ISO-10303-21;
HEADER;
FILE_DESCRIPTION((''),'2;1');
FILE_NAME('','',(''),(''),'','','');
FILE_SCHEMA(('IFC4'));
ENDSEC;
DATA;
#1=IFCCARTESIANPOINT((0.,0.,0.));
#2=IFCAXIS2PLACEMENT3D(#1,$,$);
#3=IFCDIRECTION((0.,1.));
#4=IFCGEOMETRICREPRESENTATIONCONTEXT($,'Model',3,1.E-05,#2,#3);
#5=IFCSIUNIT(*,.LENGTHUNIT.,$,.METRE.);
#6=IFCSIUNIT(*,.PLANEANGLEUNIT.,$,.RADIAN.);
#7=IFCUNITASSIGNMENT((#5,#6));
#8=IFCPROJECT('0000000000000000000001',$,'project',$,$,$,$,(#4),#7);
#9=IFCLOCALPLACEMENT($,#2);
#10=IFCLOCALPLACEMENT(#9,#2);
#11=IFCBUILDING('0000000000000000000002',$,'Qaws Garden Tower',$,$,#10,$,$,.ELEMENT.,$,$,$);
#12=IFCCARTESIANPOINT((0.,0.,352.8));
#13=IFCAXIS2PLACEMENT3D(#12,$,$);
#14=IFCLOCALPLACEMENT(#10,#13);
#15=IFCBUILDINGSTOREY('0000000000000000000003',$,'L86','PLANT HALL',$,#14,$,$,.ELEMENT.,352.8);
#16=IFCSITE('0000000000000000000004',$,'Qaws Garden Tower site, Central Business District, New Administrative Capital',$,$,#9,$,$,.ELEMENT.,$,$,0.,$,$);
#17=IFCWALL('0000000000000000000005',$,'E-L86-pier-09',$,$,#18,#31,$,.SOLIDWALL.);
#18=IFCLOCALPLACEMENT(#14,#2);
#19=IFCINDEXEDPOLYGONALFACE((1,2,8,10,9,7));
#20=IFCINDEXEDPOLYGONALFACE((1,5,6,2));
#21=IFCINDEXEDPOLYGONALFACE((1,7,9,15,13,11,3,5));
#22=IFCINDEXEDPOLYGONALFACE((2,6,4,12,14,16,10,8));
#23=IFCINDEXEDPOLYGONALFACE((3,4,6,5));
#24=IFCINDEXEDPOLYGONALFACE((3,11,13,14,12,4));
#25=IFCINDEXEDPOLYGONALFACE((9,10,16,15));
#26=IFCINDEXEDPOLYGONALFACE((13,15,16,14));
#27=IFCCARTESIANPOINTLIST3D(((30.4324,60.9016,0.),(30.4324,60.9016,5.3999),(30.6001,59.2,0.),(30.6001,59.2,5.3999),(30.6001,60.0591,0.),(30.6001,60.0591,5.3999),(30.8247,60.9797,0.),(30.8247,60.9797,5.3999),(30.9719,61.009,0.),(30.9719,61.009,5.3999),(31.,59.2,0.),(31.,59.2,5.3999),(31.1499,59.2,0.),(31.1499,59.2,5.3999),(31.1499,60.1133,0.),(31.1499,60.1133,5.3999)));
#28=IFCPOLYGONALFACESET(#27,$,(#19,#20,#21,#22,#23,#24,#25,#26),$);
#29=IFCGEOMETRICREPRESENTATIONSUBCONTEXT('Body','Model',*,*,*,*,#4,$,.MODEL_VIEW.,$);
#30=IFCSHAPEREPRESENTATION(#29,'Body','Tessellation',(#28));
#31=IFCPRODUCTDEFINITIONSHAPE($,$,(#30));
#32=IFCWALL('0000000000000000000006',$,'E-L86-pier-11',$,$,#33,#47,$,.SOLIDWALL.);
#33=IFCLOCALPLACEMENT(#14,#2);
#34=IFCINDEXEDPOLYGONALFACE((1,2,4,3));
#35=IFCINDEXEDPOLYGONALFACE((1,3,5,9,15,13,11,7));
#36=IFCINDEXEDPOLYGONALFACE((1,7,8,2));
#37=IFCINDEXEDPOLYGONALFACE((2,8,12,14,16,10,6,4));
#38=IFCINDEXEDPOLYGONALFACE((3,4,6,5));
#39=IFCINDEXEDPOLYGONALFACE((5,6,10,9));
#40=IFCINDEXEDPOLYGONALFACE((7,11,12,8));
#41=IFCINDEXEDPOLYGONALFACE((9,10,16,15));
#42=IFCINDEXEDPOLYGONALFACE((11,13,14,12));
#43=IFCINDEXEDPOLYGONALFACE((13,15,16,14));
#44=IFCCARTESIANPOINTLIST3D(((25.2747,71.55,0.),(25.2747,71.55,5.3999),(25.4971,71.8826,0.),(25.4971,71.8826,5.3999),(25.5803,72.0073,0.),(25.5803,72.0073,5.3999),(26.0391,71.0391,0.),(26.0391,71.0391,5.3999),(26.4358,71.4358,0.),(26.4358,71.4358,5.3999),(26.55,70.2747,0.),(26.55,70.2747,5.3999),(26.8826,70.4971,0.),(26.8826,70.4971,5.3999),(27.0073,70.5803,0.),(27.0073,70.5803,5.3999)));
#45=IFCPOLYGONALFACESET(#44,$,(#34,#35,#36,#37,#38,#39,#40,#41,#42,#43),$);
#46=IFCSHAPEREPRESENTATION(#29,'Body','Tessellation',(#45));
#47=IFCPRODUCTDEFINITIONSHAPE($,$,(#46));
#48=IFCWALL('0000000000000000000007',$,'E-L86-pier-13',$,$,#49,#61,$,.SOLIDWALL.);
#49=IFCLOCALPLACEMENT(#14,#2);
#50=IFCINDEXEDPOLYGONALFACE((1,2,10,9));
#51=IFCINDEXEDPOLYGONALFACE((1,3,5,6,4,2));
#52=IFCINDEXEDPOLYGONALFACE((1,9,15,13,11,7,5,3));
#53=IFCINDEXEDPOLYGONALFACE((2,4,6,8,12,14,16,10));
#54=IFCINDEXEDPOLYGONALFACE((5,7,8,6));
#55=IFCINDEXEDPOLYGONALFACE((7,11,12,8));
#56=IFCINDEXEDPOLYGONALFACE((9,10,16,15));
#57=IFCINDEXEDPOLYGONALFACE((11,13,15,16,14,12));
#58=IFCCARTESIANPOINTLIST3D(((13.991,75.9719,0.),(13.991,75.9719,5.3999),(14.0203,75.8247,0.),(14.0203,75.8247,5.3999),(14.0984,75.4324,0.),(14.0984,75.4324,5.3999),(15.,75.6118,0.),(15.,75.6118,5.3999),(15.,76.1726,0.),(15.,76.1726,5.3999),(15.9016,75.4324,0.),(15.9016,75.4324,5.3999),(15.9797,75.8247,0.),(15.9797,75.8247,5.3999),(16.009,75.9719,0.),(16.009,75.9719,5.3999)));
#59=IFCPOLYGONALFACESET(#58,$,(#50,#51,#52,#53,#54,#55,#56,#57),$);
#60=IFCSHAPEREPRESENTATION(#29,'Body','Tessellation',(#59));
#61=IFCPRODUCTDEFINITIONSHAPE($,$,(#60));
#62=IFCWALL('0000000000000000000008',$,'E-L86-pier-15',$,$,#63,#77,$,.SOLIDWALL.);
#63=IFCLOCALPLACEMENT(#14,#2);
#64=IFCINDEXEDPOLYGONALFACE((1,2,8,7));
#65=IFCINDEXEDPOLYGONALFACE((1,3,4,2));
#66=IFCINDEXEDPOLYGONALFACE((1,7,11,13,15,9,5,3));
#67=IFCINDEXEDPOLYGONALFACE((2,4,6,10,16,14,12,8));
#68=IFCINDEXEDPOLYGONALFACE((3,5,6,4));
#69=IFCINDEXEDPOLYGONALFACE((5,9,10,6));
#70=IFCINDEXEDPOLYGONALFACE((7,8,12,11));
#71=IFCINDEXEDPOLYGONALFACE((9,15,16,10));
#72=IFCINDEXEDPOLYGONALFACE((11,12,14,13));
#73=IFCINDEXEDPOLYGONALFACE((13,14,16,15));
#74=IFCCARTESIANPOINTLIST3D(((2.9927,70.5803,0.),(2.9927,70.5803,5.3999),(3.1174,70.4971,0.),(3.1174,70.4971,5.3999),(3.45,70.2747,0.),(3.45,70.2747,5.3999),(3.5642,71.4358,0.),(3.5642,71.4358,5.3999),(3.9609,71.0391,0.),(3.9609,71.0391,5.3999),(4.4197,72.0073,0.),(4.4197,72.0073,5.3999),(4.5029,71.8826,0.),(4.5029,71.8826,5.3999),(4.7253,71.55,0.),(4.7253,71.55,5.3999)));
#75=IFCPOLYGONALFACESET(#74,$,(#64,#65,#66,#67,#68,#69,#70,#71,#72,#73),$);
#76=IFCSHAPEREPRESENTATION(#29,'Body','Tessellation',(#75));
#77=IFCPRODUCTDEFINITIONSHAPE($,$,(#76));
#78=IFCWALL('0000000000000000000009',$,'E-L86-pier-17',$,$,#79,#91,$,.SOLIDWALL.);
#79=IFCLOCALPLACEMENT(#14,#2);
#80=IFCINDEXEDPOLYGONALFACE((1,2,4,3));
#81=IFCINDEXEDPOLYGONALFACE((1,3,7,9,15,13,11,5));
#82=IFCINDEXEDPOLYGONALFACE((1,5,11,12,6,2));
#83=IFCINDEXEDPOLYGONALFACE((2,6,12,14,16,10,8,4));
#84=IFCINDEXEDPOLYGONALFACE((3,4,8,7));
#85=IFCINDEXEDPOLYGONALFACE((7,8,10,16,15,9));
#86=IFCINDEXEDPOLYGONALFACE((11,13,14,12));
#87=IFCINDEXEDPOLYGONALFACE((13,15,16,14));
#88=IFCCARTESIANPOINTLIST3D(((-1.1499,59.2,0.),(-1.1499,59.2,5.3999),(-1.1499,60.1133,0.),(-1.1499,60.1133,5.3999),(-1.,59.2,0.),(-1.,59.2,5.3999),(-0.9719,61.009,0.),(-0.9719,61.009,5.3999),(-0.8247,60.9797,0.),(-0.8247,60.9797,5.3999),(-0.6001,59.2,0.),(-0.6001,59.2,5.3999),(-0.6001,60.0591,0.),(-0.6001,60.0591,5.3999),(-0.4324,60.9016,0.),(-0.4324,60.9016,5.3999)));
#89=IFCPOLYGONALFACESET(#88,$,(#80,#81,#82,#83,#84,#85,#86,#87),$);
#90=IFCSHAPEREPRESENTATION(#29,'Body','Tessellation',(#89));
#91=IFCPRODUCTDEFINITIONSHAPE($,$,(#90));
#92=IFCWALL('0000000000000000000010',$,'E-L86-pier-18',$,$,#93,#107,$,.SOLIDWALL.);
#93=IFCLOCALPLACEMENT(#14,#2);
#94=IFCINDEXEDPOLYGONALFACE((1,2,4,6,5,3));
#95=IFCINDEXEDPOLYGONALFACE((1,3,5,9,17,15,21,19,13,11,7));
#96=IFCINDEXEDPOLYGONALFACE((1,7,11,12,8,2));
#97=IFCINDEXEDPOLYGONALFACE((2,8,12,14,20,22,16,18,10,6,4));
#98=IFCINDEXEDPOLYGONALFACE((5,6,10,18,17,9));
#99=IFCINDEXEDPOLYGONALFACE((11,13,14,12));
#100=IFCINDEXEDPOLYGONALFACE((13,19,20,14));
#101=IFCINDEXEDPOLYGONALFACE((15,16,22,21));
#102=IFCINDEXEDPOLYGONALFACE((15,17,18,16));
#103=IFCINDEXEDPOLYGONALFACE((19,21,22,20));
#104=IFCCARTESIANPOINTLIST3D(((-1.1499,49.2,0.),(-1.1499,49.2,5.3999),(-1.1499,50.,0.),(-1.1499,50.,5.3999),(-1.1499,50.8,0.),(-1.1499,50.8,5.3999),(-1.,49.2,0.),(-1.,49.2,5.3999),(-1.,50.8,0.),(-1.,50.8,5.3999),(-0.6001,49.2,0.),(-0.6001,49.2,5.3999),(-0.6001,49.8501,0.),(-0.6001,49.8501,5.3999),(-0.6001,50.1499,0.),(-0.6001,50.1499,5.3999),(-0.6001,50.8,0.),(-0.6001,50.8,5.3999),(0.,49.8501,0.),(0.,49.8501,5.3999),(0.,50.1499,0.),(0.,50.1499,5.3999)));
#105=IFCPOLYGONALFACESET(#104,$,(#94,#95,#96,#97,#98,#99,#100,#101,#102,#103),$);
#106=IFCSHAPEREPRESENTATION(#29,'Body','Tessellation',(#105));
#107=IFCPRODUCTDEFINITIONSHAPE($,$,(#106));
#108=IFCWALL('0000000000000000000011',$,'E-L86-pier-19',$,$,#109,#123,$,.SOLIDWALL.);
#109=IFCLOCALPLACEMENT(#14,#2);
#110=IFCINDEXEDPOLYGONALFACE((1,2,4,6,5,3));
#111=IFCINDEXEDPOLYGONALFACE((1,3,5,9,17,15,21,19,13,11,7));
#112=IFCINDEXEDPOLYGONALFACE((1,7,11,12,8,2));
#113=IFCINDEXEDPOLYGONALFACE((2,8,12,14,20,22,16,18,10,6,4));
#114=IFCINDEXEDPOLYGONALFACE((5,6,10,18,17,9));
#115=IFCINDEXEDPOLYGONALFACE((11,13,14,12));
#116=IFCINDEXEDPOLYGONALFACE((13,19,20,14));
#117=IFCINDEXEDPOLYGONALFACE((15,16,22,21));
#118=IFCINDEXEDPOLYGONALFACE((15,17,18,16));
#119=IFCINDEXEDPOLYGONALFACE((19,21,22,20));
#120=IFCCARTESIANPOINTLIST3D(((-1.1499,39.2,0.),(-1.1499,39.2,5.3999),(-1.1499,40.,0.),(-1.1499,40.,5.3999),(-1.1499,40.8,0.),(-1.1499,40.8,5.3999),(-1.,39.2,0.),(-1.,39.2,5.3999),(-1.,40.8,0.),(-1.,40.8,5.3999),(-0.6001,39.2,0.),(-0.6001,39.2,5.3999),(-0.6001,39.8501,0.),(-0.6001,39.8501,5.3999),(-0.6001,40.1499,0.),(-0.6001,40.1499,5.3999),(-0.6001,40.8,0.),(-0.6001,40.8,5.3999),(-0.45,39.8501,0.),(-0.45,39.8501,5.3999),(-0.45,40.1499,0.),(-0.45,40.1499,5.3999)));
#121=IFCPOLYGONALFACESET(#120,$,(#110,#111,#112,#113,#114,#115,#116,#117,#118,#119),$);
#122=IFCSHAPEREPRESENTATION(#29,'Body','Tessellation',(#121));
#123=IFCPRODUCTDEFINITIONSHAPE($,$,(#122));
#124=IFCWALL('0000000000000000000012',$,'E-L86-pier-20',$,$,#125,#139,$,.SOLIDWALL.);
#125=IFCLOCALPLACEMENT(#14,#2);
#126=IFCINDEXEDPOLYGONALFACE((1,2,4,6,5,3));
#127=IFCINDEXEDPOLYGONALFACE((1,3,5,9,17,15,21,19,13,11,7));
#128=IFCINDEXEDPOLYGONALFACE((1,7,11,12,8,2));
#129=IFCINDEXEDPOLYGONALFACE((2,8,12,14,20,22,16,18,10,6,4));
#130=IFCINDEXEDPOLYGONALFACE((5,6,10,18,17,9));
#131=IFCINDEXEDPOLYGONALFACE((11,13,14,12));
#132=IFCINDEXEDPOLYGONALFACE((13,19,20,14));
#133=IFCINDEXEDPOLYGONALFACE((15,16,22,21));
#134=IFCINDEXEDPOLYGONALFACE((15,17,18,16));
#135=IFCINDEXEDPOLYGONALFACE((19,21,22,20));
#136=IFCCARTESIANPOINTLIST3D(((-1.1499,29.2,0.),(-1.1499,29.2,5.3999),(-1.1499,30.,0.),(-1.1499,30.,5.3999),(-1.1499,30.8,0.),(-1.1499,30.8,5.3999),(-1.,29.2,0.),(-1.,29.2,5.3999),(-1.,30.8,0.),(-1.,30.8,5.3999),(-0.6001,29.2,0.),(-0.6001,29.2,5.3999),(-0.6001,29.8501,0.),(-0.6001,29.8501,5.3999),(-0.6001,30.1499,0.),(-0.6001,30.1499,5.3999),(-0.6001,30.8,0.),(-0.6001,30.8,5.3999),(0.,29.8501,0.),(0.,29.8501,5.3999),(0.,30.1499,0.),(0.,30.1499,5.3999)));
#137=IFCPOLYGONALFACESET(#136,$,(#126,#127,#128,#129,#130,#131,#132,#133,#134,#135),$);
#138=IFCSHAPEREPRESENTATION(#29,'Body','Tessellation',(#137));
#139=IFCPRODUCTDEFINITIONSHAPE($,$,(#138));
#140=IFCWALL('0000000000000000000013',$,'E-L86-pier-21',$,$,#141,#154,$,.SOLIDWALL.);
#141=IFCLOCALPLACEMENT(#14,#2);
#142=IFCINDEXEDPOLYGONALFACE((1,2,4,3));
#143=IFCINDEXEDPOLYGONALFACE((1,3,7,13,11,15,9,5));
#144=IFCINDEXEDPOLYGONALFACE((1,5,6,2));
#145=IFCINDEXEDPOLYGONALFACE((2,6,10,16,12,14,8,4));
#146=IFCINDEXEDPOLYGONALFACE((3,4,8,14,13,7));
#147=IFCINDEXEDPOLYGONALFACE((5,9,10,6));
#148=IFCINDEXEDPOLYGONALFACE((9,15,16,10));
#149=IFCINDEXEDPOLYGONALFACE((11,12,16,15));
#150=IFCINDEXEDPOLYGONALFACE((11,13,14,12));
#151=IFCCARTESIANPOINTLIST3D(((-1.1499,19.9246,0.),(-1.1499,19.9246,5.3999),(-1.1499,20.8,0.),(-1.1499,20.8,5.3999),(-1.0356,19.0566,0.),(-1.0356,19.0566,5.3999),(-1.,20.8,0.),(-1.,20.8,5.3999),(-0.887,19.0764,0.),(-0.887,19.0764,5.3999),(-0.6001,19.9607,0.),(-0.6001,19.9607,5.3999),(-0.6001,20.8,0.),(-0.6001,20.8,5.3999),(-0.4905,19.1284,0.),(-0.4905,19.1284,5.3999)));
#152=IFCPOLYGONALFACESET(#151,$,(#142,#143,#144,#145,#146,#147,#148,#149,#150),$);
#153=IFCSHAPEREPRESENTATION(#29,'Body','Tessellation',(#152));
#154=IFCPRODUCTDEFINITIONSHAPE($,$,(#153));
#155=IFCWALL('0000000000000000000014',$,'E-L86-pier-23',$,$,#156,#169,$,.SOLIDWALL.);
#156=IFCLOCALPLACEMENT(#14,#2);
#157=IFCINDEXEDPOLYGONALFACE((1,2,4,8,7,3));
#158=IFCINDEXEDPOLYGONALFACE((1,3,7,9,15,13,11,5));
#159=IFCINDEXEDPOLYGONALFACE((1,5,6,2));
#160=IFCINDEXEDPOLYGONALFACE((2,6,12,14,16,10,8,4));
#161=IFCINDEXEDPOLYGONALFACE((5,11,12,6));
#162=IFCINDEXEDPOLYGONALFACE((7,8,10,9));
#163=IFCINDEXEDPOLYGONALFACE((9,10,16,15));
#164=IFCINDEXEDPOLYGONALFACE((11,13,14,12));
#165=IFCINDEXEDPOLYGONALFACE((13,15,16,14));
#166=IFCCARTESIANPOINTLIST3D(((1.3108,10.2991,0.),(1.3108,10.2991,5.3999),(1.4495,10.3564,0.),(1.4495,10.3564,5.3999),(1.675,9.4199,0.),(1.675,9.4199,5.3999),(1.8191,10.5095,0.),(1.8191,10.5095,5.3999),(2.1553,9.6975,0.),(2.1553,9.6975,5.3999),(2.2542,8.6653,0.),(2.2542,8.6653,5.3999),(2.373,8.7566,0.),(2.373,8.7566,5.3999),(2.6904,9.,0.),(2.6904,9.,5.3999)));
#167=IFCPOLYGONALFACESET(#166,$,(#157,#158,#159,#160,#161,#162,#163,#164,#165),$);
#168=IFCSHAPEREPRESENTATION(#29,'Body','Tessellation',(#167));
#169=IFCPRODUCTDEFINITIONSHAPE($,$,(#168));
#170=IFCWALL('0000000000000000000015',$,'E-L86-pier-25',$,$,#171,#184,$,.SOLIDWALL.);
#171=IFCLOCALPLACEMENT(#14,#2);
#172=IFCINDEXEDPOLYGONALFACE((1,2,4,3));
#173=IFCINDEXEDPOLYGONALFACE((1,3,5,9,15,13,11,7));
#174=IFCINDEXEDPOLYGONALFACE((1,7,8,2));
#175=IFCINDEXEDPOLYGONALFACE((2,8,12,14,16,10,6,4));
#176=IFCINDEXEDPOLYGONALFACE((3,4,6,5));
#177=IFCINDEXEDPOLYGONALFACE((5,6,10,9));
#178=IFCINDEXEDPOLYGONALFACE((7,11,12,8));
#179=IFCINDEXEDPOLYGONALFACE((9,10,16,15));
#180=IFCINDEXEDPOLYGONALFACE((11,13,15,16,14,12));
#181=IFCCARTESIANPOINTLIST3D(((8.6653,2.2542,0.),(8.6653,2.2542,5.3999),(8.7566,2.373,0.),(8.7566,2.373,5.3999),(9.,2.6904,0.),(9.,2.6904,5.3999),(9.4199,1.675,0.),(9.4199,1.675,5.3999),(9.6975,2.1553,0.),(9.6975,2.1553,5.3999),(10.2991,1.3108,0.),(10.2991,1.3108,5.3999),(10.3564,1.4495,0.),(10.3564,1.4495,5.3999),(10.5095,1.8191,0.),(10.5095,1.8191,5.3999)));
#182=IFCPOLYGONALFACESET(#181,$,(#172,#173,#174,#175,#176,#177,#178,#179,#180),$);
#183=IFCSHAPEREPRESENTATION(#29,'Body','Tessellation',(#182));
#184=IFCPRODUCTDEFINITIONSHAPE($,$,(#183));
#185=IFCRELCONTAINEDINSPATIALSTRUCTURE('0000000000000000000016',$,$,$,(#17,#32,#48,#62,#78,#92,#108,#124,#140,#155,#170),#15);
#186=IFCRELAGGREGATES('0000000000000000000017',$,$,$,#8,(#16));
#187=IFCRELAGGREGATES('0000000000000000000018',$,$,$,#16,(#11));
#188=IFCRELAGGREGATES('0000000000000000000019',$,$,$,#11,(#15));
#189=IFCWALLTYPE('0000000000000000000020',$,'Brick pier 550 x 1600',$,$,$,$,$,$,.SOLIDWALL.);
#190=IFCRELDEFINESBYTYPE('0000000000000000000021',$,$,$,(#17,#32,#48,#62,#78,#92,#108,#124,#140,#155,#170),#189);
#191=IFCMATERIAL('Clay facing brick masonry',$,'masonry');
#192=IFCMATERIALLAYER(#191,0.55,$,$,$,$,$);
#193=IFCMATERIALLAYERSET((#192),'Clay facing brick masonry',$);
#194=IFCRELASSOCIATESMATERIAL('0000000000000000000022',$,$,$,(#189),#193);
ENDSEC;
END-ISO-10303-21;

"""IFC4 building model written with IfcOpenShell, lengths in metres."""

from ifc_helpers import new_model, si_unit, direction, frame, origin, place, context, subcontext, project, spatial, polyline, outline, extrude, material, layer, layer_set, type_object, element, save


model = new_model("IFC4")

# Units and contexts
model_context = context("Model", 3, precision=1e-05, world=origin(), true_north=direction((0.0, 1.0)))
body_context = subcontext(model_context, "Body", "Model", "MODEL_VIEW")
ifc_project = project(units=[si_unit("LENGTHUNIT", "METRE"), si_unit("PLANEANGLEUNIT", "RADIAN")], contexts=[model_context])

# Site, building, storey
site_placement = place(None, origin())
site = spatial("IfcSite", under=ifc_project, at=site_placement, Name="Qaws Garden Tower site, Central Business District, New Administrative Capital", CompositionType="ELEMENT", RefElevation=0.0)
building_placement = place(site_placement, origin())
building = spatial("IfcBuilding", under=site, at=building_placement, Name="Qaws Garden Tower", CompositionType="ELEMENT")
storey_placement = place(building_placement, frame((0.0, 0.0, 352.8)))
storey = spatial("IfcBuildingStorey", under=building, at=storey_placement, Name="L86", Description="PLANT HALL", CompositionType="ELEMENT", Elevation=352.8)

# Shared definitions
placement_1 = place(storey_placement, origin())

# Walls
ifc_material_1 = material(Name="Clay facing brick masonry", Category="masonry")
ifc_layer_1 = layer(ifc_material_1, 0.55)
ifc_layer_set_1 = layer_set([ifc_layer_1], Name="Clay facing brick masonry")
wall_type_1 = type_object("IfcWallType", Name="Brick pier 550 x 1600", PredefinedType="SOLIDWALL", material=ifc_layer_set_1)
element("IfcWall", 1, at=placement_1, inside=storey, type_object=wall_type_1, Name="E-L86-pier-09", PredefinedType="SOLIDWALL", context=body_context, shape_type="SweptSolid", body=[
    extrude(outline(polyline([(31.0, 59.2), (31.1499, 59.2), (31.1499, 60.1133), (30.9719, 61.009), (30.8247, 60.9797), (30.4324, 60.9016), (30.6001, 60.0591), (30.6001, 59.2), (31.0, 59.2)])), origin(), (0.0, 0.0, 1.0), 5.3999),
])
element("IfcWall", 2, at=placement_1, inside=storey, type_object=wall_type_1, Name="E-L86-pier-11", PredefinedType="SOLIDWALL", context=body_context, shape_type="SweptSolid", body=[
    extrude(outline(polyline([(26.8826, 70.4971), (27.0073, 70.5803), (26.4358, 71.4358), (25.5803, 72.0073), (25.4971, 71.8826), (25.2747, 71.55), (26.0391, 71.0391), (26.55, 70.2747), (26.8826, 70.4971)])), origin(), (0.0, 0.0, 1.0), 5.3999),
])
element("IfcWall", 3, at=placement_1, inside=storey, type_object=wall_type_1, Name="E-L86-pier-13", PredefinedType="SOLIDWALL", context=body_context, shape_type="SweptSolid", body=[
    extrude(outline(polyline([(15.9797, 75.8247), (16.009, 75.9719), (15.0, 76.1726), (13.991, 75.9719), (14.0203, 75.8247), (14.0984, 75.4324), (15.0, 75.6118), (15.9016, 75.4324), (15.9797, 75.8247)])), origin(), (0.0, 0.0, 1.0), 5.3999),
])
element("IfcWall", 4, at=placement_1, inside=storey, type_object=wall_type_1, Name="E-L86-pier-15", PredefinedType="SOLIDWALL", context=body_context, shape_type="SweptSolid", body=[
    extrude(outline(polyline([(4.5029, 71.8826), (4.4197, 72.0073), (3.5642, 71.4358), (2.9927, 70.5803), (3.1174, 70.4971), (3.45, 70.2747), (3.9609, 71.0391), (4.7253, 71.55), (4.5029, 71.8826)])), origin(), (0.0, 0.0, 1.0), 5.3999),
])
element("IfcWall", 5, at=placement_1, inside=storey, type_object=wall_type_1, Name="E-L86-pier-17", PredefinedType="SOLIDWALL", context=body_context, shape_type="SweptSolid", body=[
    extrude(outline(polyline([(-0.8247, 60.9797), (-0.9719, 61.009), (-1.1499, 60.1133), (-1.1499, 59.2), (-1.0, 59.2), (-0.6001, 59.2), (-0.6001, 60.0591), (-0.4324, 60.9016), (-0.8247, 60.9797)])), origin(), (0.0, 0.0, 1.0), 5.3999),
])
element("IfcWall", 6, at=placement_1, inside=storey, type_object=wall_type_1, Name="E-L86-pier-18", PredefinedType="SOLIDWALL", context=body_context, shape_type="SweptSolid", body=[
    extrude(outline(polyline([(-0.6001, 49.2), (-0.6001, 49.8501), (0.0, 49.8501), (0.0, 50.1499), (-0.6001, 50.1499), (-0.6001, 50.8), (-1.0, 50.8), (-1.1499, 50.8), (-1.1499, 50.0), (-1.1499, 49.2), (-1.0, 49.2), (-0.6001, 49.2)])), origin(), (0.0, 0.0, 1.0), 5.3999),
])
element("IfcWall", 7, at=placement_1, inside=storey, type_object=wall_type_1, Name="E-L86-pier-19", PredefinedType="SOLIDWALL", context=body_context, shape_type="SweptSolid", body=[
    extrude(outline(polyline([(-0.6001, 39.2), (-0.6001, 39.8501), (-0.45, 39.8501), (-0.45, 40.1499), (-0.6001, 40.1499), (-0.6001, 40.8), (-1.0, 40.8), (-1.1499, 40.8), (-1.1499, 40.0), (-1.1499, 39.2), (-1.0, 39.2), (-0.6001, 39.2)])), origin(), (0.0, 0.0, 1.0), 5.3999),
])
element("IfcWall", 8, at=placement_1, inside=storey, type_object=wall_type_1, Name="E-L86-pier-20", PredefinedType="SOLIDWALL", context=body_context, shape_type="SweptSolid", body=[
    extrude(outline(polyline([(-0.6001, 29.2), (-0.6001, 29.8501), (0.0, 29.8501), (0.0, 30.1499), (-0.6001, 30.1499), (-0.6001, 30.8), (-1.0, 30.8), (-1.1499, 30.8), (-1.1499, 30.0), (-1.1499, 29.2), (-1.0, 29.2), (-0.6001, 29.2)])), origin(), (0.0, 0.0, 1.0), 5.3999),
])
element("IfcWall", 9, at=placement_1, inside=storey, type_object=wall_type_1, Name="E-L86-pier-21", PredefinedType="SOLIDWALL", context=body_context, shape_type="SweptSolid", body=[
    extrude(outline(polyline([(-1.0, 20.8), (-1.1499, 20.8), (-1.1499, 19.9246), (-1.0356, 19.0566), (-0.887, 19.0764), (-0.4905, 19.1284), (-0.6001, 19.9607), (-0.6001, 20.8), (-1.0, 20.8)])), origin(), (0.0, 0.0, 1.0), 5.3999),
])
element("IfcWall", 10, at=placement_1, inside=storey, type_object=wall_type_1, Name="E-L86-pier-23", PredefinedType="SOLIDWALL", context=body_context, shape_type="SweptSolid", body=[
    extrude(outline(polyline([(1.4495, 10.3564), (1.3108, 10.2991), (1.675, 9.4199), (2.2542, 8.6653), (2.373, 8.7566), (2.6904, 9.0), (2.1553, 9.6975), (1.8191, 10.5095), (1.4495, 10.3564)])), origin(), (0.0, 0.0, 1.0), 5.3999),
])
element("IfcWall", 11, at=placement_1, inside=storey, type_object=wall_type_1, Name="E-L86-pier-25", PredefinedType="SOLIDWALL", context=body_context, shape_type="SweptSolid", body=[
    extrude(outline(polyline([(8.7566, 2.373), (8.6653, 2.2542), (9.4199, 1.675), (10.2991, 1.3108), (10.3564, 1.4495), (10.5095, 1.8191), (9.6975, 2.1553), (9.0, 2.6904), (8.7566, 2.373)])), origin(), (0.0, 0.0, 1.0), 5.3999),
])

save(model, "model.ifc")
